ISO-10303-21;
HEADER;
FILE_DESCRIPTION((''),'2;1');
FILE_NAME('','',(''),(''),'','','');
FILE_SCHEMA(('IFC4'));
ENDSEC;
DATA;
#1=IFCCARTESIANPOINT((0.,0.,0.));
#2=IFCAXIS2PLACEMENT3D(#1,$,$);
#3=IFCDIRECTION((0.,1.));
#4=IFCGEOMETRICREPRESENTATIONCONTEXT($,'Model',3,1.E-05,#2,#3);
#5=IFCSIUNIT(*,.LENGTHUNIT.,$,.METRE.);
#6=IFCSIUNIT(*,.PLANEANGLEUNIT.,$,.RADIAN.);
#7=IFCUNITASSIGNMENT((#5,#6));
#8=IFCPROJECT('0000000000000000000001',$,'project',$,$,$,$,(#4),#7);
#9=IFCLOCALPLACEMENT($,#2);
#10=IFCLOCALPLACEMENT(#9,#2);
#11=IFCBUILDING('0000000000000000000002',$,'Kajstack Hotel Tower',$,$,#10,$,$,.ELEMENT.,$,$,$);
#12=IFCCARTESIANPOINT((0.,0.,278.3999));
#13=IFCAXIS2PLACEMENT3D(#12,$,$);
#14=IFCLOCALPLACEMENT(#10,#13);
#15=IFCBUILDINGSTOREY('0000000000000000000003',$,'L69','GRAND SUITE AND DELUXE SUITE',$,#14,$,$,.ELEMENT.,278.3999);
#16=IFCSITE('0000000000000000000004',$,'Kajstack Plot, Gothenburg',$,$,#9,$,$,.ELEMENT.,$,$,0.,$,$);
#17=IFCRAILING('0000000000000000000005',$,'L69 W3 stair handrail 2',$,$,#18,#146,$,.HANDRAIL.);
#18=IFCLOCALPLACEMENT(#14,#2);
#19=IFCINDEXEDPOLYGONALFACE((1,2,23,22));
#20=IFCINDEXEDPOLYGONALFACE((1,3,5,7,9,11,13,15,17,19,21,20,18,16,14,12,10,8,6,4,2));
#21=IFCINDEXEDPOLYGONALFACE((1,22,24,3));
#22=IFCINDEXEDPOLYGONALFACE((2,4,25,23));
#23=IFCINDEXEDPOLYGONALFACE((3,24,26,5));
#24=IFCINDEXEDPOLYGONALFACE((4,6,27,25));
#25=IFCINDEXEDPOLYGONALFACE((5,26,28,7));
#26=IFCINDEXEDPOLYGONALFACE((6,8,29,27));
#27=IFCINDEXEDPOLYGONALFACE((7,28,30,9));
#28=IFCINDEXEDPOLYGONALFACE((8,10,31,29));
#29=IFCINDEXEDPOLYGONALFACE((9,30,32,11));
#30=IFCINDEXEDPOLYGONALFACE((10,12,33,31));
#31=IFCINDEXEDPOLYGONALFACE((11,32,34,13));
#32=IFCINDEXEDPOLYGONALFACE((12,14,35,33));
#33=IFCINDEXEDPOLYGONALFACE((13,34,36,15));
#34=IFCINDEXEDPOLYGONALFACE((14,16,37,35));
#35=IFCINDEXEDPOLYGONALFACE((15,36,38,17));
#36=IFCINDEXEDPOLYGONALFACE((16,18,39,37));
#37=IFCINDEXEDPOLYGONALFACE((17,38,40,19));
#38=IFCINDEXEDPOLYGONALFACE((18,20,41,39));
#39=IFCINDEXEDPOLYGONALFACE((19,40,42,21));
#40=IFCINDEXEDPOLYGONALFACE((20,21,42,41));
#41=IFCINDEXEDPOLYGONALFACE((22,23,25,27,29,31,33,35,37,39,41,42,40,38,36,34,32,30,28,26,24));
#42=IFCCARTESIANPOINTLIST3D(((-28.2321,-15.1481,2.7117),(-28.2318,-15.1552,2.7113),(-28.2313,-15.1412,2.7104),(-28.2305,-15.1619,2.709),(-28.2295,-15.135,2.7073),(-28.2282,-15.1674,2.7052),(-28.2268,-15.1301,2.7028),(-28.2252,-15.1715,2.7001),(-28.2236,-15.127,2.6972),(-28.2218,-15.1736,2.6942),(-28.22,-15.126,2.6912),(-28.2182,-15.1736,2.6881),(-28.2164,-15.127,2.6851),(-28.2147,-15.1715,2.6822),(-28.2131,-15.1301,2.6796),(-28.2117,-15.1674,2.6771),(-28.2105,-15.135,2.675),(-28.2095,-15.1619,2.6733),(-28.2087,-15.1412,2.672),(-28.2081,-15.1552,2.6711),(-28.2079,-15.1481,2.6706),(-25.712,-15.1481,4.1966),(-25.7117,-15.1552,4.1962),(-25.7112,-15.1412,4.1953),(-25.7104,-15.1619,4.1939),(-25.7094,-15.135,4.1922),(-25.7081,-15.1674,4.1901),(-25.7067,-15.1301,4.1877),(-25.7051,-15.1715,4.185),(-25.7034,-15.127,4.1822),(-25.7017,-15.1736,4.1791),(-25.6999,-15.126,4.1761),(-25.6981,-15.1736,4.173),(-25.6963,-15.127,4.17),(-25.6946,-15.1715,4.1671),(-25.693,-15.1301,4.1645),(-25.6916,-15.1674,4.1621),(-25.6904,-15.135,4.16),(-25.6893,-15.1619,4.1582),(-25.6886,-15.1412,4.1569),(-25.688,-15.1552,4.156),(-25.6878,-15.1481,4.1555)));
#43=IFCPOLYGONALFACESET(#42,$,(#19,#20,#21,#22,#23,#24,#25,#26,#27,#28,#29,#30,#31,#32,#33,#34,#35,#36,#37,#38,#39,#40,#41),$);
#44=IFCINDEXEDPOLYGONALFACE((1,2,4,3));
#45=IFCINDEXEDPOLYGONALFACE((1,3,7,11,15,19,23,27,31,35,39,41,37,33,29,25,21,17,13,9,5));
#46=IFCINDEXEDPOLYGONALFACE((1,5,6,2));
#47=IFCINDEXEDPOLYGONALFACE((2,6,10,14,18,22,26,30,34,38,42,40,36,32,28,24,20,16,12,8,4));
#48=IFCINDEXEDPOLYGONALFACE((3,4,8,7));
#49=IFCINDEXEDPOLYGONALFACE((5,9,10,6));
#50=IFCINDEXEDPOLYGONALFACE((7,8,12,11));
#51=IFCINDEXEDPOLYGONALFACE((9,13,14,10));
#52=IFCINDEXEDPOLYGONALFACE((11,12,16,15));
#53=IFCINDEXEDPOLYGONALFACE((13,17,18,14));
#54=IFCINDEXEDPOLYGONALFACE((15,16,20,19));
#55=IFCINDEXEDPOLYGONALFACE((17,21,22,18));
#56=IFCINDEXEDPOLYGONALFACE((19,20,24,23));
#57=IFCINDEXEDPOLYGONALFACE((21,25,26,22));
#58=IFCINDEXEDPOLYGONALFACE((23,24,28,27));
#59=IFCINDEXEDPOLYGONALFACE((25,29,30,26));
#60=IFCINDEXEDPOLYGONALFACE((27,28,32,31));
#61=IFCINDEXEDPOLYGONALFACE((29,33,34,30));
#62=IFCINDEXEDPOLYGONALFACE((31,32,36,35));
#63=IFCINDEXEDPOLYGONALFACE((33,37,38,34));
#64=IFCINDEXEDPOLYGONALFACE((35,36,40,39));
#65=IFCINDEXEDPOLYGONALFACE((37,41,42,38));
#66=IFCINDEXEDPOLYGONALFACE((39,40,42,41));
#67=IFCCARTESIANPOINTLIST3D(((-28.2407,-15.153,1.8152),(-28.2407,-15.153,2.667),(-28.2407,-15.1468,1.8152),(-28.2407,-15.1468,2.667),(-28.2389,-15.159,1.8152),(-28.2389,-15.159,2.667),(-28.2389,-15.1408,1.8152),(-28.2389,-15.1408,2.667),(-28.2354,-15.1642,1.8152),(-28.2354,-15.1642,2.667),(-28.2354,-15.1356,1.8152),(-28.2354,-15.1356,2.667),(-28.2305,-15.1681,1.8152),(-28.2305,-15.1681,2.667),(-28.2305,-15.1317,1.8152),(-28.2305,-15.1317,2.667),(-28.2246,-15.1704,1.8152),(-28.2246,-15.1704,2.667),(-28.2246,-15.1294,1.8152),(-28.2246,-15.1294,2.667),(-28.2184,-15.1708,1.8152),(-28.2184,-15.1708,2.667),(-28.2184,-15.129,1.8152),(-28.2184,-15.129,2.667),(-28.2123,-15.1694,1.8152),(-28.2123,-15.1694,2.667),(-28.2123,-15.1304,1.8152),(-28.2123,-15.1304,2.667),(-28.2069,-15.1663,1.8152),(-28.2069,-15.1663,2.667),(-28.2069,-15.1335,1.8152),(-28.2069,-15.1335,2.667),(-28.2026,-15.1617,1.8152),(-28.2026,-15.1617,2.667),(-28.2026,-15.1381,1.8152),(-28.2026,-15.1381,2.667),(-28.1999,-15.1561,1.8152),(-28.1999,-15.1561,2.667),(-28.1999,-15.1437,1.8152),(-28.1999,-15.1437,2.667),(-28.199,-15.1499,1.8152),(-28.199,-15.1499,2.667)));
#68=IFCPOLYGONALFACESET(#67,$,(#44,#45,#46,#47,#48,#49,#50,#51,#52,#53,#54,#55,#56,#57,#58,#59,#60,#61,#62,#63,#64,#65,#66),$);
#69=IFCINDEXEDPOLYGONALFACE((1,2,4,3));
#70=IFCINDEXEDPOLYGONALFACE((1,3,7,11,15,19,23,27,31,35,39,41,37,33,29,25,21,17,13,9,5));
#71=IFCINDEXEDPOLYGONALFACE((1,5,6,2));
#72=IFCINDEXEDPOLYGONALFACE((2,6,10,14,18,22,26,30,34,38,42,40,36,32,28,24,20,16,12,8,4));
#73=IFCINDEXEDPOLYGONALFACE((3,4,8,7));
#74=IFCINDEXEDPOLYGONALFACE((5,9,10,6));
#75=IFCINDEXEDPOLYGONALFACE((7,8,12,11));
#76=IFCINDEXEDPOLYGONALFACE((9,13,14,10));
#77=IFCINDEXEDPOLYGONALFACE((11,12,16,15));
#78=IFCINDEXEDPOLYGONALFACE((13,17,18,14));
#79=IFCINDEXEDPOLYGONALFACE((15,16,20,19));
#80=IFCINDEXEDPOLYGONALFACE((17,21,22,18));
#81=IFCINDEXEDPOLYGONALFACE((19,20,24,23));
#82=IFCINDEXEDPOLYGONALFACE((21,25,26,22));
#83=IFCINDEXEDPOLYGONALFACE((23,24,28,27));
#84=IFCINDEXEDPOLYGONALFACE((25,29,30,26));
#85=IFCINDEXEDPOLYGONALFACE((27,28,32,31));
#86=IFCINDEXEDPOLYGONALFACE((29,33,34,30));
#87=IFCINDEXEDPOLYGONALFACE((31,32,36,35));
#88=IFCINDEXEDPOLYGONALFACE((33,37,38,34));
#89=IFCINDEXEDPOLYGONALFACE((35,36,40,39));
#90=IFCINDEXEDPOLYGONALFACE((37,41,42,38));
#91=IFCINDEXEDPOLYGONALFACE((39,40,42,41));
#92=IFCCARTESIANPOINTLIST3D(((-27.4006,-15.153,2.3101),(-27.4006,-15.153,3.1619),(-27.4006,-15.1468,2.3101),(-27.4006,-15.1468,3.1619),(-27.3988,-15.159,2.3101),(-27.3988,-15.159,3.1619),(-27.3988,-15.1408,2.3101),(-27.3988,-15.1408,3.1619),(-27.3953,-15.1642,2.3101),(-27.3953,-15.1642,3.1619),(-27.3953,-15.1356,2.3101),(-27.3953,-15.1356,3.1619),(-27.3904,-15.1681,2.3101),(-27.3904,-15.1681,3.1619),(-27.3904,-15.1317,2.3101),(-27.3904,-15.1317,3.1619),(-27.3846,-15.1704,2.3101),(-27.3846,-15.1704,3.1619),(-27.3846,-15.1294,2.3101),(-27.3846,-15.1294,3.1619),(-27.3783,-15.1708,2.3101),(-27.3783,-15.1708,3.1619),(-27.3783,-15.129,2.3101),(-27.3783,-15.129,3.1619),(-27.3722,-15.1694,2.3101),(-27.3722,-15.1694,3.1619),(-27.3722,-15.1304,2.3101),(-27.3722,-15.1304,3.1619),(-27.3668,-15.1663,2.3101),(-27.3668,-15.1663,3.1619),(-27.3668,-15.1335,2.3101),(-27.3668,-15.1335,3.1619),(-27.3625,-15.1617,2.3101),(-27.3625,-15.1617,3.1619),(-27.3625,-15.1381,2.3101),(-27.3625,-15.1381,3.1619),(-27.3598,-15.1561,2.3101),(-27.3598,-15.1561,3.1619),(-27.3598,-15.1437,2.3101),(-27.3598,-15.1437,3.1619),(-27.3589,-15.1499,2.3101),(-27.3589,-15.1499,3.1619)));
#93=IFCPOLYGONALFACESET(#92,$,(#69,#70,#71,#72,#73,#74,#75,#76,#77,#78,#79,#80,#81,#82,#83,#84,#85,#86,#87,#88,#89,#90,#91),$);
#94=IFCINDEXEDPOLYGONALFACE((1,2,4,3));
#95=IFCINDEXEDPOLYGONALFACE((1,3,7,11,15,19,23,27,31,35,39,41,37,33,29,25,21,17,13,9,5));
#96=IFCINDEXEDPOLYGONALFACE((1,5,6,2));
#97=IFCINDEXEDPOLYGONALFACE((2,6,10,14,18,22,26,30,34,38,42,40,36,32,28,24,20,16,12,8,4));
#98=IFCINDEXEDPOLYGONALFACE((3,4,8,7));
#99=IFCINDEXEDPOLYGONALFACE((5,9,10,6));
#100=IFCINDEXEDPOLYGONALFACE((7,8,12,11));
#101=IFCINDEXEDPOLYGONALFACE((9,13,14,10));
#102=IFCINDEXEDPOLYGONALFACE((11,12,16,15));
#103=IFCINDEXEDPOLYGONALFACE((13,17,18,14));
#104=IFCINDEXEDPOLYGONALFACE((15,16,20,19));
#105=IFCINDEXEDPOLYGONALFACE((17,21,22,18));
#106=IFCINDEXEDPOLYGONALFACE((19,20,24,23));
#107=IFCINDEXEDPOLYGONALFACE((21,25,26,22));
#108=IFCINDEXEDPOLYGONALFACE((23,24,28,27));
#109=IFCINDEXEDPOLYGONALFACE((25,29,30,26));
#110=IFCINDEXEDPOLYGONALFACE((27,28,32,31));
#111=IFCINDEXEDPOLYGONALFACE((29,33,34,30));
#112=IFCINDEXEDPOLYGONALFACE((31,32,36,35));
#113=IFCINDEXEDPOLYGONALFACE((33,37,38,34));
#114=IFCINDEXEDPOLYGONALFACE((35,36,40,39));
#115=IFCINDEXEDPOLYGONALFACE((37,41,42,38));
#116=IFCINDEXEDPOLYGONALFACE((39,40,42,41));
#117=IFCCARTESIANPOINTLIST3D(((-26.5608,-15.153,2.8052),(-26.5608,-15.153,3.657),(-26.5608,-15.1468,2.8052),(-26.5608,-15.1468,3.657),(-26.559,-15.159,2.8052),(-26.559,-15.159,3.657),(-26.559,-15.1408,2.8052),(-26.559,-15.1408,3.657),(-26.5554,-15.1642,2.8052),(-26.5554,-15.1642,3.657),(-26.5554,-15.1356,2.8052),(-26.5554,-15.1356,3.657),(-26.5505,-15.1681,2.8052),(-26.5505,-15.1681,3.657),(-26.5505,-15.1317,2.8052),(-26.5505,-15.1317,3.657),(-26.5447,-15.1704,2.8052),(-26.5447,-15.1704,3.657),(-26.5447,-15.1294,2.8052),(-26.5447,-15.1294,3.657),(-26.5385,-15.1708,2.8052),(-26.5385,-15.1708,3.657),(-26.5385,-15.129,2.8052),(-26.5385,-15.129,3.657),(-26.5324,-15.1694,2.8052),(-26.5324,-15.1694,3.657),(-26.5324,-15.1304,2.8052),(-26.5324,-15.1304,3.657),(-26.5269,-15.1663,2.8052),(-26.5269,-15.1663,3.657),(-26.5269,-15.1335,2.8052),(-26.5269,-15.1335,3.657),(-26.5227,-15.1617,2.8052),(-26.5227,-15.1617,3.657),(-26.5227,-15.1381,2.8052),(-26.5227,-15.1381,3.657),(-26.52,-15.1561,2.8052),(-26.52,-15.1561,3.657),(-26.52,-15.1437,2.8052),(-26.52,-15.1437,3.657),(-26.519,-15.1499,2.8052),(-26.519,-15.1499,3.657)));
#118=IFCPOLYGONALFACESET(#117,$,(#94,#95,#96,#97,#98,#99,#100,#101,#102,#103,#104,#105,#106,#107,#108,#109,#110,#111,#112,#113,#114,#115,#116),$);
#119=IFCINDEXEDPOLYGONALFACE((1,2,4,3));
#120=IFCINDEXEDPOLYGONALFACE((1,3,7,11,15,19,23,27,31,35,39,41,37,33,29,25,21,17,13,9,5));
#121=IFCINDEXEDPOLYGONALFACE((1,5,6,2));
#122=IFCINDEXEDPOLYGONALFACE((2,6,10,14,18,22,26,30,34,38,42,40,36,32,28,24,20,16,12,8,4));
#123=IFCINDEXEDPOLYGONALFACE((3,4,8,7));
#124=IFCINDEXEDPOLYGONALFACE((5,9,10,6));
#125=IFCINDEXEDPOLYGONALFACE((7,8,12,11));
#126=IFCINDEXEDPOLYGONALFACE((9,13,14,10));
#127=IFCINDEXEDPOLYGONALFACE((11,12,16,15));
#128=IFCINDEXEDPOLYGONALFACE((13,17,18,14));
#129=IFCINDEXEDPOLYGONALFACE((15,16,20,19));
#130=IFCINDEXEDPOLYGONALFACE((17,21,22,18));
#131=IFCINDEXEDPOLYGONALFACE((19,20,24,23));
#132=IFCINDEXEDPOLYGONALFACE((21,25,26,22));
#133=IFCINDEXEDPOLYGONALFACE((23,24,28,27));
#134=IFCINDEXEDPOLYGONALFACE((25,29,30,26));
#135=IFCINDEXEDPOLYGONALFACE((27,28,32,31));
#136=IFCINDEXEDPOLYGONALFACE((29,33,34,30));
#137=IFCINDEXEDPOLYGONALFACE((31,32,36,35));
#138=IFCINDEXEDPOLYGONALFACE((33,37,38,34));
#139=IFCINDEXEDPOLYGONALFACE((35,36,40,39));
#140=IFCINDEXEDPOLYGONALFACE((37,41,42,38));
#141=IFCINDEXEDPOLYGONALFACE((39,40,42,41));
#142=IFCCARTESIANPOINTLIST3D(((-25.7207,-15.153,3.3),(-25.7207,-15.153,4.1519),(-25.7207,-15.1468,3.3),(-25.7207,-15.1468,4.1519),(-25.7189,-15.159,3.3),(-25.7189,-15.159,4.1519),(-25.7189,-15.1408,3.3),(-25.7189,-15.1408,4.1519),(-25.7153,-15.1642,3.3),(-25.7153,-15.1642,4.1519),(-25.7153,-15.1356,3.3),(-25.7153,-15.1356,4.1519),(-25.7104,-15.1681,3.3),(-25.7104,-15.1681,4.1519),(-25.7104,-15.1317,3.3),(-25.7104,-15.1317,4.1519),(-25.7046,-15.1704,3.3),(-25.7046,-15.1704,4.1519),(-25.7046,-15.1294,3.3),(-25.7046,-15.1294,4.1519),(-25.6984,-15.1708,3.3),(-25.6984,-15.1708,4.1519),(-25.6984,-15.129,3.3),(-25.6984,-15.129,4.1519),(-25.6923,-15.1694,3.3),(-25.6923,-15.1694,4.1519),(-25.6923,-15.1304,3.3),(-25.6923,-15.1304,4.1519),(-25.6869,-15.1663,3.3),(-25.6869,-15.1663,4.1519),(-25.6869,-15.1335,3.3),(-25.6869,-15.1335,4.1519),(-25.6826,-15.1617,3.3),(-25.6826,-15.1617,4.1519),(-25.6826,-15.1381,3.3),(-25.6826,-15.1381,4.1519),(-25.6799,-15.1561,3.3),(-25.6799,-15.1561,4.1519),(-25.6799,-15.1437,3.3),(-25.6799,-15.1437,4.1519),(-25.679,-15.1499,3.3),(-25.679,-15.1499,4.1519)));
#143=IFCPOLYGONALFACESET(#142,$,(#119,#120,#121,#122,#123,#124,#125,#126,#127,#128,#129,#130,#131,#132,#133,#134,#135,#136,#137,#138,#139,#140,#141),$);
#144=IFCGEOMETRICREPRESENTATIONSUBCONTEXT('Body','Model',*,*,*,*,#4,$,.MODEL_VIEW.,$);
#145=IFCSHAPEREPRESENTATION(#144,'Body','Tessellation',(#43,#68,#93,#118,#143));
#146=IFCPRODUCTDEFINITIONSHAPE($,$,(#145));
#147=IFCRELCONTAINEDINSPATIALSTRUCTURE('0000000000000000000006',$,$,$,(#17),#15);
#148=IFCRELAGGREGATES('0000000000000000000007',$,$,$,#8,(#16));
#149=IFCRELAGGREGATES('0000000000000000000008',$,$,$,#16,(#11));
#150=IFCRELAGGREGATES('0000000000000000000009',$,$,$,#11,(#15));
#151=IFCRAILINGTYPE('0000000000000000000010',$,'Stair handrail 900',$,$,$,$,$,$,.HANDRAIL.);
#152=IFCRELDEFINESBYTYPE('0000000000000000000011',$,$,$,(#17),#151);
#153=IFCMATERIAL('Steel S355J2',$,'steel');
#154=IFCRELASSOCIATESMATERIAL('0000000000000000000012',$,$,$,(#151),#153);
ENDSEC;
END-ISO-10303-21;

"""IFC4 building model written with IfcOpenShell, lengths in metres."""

from ifc_helpers import new_model, si_unit, direction, frame, origin, origin_2d, place, context, subcontext, project, spatial, circle, extrude, material, type_object, element, save


model = new_model("IFC4")

# Units and contexts
model_context = context("Model", 3, precision=1e-05, world=origin(), true_north=direction((0.0, 1.0)))
body_context = subcontext(model_context, "Body", "Model", "MODEL_VIEW")
ifc_project = project(units=[si_unit("LENGTHUNIT", "METRE"), si_unit("PLANEANGLEUNIT", "RADIAN")], contexts=[model_context])

# Site, building, storey
site_placement = place(None, origin())
site = spatial("IfcSite", under=ifc_project, at=site_placement, Name="Kajstack Plot, Gothenburg", CompositionType="ELEMENT", RefElevation=0.0)
building_placement = place(site_placement, origin())
building = spatial("IfcBuilding", under=site, at=building_placement, Name="Kajstack Hotel Tower", CompositionType="ELEMENT")
storey_placement = place(building_placement, frame((0.0, 0.0, 278.3999)))
storey = spatial("IfcBuildingStorey", under=building, at=storey_placement, Name="L69", Description="GRAND SUITE AND DELUXE SUITE", CompositionType="ELEMENT", Elevation=278.3999)

# Railing
ifc_material_1 = material(Name="Steel S355J2", Category="steel")
railing_type = type_object("IfcRailingType", Name="Stair handrail 900", PredefinedType="HANDRAIL", material=ifc_material_1)
railing_1_placement = place(storey_placement, frame((-28.22, -15.1499, 1.8152)))
element("IfcRailing", 1, at=railing_1_placement, inside=storey, type_object=railing_type, Name="L69 W3 stair handrail 2", PredefinedType="HANDRAIL", context=body_context, shape_type="SweptSolid", body=[
    extrude(circle(Radius=0.0239, at=origin_2d()), frame((0.0, 0.0, 0.876), z_axis=(0.861561, 0.0, 0.507655), x_axis=(0.0, 1.0, 0.0)), (0.0, 0.0, 1.0), 2.925),
    extrude(circle(Radius=0.021, at=origin_2d()), origin(), (0.0, 0.0, 1.0), 0.8518),
    extrude(circle(Radius=0.021, at=origin_2d()), frame((0.8401, 0.0, 0.4949)), (0.0, 0.0, 1.0), 0.8518),
    extrude(circle(Radius=0.021, at=origin_2d()), frame((1.6799, 0.0, 0.99)), (0.0, 0.0, 1.0), 0.8518),
    extrude(circle(Radius=0.021, at=origin_2d()), frame((2.52, 0.0, 1.4849)), (0.0, 0.0, 1.0), 0.8518),
])

save(model, "model.ifc")
